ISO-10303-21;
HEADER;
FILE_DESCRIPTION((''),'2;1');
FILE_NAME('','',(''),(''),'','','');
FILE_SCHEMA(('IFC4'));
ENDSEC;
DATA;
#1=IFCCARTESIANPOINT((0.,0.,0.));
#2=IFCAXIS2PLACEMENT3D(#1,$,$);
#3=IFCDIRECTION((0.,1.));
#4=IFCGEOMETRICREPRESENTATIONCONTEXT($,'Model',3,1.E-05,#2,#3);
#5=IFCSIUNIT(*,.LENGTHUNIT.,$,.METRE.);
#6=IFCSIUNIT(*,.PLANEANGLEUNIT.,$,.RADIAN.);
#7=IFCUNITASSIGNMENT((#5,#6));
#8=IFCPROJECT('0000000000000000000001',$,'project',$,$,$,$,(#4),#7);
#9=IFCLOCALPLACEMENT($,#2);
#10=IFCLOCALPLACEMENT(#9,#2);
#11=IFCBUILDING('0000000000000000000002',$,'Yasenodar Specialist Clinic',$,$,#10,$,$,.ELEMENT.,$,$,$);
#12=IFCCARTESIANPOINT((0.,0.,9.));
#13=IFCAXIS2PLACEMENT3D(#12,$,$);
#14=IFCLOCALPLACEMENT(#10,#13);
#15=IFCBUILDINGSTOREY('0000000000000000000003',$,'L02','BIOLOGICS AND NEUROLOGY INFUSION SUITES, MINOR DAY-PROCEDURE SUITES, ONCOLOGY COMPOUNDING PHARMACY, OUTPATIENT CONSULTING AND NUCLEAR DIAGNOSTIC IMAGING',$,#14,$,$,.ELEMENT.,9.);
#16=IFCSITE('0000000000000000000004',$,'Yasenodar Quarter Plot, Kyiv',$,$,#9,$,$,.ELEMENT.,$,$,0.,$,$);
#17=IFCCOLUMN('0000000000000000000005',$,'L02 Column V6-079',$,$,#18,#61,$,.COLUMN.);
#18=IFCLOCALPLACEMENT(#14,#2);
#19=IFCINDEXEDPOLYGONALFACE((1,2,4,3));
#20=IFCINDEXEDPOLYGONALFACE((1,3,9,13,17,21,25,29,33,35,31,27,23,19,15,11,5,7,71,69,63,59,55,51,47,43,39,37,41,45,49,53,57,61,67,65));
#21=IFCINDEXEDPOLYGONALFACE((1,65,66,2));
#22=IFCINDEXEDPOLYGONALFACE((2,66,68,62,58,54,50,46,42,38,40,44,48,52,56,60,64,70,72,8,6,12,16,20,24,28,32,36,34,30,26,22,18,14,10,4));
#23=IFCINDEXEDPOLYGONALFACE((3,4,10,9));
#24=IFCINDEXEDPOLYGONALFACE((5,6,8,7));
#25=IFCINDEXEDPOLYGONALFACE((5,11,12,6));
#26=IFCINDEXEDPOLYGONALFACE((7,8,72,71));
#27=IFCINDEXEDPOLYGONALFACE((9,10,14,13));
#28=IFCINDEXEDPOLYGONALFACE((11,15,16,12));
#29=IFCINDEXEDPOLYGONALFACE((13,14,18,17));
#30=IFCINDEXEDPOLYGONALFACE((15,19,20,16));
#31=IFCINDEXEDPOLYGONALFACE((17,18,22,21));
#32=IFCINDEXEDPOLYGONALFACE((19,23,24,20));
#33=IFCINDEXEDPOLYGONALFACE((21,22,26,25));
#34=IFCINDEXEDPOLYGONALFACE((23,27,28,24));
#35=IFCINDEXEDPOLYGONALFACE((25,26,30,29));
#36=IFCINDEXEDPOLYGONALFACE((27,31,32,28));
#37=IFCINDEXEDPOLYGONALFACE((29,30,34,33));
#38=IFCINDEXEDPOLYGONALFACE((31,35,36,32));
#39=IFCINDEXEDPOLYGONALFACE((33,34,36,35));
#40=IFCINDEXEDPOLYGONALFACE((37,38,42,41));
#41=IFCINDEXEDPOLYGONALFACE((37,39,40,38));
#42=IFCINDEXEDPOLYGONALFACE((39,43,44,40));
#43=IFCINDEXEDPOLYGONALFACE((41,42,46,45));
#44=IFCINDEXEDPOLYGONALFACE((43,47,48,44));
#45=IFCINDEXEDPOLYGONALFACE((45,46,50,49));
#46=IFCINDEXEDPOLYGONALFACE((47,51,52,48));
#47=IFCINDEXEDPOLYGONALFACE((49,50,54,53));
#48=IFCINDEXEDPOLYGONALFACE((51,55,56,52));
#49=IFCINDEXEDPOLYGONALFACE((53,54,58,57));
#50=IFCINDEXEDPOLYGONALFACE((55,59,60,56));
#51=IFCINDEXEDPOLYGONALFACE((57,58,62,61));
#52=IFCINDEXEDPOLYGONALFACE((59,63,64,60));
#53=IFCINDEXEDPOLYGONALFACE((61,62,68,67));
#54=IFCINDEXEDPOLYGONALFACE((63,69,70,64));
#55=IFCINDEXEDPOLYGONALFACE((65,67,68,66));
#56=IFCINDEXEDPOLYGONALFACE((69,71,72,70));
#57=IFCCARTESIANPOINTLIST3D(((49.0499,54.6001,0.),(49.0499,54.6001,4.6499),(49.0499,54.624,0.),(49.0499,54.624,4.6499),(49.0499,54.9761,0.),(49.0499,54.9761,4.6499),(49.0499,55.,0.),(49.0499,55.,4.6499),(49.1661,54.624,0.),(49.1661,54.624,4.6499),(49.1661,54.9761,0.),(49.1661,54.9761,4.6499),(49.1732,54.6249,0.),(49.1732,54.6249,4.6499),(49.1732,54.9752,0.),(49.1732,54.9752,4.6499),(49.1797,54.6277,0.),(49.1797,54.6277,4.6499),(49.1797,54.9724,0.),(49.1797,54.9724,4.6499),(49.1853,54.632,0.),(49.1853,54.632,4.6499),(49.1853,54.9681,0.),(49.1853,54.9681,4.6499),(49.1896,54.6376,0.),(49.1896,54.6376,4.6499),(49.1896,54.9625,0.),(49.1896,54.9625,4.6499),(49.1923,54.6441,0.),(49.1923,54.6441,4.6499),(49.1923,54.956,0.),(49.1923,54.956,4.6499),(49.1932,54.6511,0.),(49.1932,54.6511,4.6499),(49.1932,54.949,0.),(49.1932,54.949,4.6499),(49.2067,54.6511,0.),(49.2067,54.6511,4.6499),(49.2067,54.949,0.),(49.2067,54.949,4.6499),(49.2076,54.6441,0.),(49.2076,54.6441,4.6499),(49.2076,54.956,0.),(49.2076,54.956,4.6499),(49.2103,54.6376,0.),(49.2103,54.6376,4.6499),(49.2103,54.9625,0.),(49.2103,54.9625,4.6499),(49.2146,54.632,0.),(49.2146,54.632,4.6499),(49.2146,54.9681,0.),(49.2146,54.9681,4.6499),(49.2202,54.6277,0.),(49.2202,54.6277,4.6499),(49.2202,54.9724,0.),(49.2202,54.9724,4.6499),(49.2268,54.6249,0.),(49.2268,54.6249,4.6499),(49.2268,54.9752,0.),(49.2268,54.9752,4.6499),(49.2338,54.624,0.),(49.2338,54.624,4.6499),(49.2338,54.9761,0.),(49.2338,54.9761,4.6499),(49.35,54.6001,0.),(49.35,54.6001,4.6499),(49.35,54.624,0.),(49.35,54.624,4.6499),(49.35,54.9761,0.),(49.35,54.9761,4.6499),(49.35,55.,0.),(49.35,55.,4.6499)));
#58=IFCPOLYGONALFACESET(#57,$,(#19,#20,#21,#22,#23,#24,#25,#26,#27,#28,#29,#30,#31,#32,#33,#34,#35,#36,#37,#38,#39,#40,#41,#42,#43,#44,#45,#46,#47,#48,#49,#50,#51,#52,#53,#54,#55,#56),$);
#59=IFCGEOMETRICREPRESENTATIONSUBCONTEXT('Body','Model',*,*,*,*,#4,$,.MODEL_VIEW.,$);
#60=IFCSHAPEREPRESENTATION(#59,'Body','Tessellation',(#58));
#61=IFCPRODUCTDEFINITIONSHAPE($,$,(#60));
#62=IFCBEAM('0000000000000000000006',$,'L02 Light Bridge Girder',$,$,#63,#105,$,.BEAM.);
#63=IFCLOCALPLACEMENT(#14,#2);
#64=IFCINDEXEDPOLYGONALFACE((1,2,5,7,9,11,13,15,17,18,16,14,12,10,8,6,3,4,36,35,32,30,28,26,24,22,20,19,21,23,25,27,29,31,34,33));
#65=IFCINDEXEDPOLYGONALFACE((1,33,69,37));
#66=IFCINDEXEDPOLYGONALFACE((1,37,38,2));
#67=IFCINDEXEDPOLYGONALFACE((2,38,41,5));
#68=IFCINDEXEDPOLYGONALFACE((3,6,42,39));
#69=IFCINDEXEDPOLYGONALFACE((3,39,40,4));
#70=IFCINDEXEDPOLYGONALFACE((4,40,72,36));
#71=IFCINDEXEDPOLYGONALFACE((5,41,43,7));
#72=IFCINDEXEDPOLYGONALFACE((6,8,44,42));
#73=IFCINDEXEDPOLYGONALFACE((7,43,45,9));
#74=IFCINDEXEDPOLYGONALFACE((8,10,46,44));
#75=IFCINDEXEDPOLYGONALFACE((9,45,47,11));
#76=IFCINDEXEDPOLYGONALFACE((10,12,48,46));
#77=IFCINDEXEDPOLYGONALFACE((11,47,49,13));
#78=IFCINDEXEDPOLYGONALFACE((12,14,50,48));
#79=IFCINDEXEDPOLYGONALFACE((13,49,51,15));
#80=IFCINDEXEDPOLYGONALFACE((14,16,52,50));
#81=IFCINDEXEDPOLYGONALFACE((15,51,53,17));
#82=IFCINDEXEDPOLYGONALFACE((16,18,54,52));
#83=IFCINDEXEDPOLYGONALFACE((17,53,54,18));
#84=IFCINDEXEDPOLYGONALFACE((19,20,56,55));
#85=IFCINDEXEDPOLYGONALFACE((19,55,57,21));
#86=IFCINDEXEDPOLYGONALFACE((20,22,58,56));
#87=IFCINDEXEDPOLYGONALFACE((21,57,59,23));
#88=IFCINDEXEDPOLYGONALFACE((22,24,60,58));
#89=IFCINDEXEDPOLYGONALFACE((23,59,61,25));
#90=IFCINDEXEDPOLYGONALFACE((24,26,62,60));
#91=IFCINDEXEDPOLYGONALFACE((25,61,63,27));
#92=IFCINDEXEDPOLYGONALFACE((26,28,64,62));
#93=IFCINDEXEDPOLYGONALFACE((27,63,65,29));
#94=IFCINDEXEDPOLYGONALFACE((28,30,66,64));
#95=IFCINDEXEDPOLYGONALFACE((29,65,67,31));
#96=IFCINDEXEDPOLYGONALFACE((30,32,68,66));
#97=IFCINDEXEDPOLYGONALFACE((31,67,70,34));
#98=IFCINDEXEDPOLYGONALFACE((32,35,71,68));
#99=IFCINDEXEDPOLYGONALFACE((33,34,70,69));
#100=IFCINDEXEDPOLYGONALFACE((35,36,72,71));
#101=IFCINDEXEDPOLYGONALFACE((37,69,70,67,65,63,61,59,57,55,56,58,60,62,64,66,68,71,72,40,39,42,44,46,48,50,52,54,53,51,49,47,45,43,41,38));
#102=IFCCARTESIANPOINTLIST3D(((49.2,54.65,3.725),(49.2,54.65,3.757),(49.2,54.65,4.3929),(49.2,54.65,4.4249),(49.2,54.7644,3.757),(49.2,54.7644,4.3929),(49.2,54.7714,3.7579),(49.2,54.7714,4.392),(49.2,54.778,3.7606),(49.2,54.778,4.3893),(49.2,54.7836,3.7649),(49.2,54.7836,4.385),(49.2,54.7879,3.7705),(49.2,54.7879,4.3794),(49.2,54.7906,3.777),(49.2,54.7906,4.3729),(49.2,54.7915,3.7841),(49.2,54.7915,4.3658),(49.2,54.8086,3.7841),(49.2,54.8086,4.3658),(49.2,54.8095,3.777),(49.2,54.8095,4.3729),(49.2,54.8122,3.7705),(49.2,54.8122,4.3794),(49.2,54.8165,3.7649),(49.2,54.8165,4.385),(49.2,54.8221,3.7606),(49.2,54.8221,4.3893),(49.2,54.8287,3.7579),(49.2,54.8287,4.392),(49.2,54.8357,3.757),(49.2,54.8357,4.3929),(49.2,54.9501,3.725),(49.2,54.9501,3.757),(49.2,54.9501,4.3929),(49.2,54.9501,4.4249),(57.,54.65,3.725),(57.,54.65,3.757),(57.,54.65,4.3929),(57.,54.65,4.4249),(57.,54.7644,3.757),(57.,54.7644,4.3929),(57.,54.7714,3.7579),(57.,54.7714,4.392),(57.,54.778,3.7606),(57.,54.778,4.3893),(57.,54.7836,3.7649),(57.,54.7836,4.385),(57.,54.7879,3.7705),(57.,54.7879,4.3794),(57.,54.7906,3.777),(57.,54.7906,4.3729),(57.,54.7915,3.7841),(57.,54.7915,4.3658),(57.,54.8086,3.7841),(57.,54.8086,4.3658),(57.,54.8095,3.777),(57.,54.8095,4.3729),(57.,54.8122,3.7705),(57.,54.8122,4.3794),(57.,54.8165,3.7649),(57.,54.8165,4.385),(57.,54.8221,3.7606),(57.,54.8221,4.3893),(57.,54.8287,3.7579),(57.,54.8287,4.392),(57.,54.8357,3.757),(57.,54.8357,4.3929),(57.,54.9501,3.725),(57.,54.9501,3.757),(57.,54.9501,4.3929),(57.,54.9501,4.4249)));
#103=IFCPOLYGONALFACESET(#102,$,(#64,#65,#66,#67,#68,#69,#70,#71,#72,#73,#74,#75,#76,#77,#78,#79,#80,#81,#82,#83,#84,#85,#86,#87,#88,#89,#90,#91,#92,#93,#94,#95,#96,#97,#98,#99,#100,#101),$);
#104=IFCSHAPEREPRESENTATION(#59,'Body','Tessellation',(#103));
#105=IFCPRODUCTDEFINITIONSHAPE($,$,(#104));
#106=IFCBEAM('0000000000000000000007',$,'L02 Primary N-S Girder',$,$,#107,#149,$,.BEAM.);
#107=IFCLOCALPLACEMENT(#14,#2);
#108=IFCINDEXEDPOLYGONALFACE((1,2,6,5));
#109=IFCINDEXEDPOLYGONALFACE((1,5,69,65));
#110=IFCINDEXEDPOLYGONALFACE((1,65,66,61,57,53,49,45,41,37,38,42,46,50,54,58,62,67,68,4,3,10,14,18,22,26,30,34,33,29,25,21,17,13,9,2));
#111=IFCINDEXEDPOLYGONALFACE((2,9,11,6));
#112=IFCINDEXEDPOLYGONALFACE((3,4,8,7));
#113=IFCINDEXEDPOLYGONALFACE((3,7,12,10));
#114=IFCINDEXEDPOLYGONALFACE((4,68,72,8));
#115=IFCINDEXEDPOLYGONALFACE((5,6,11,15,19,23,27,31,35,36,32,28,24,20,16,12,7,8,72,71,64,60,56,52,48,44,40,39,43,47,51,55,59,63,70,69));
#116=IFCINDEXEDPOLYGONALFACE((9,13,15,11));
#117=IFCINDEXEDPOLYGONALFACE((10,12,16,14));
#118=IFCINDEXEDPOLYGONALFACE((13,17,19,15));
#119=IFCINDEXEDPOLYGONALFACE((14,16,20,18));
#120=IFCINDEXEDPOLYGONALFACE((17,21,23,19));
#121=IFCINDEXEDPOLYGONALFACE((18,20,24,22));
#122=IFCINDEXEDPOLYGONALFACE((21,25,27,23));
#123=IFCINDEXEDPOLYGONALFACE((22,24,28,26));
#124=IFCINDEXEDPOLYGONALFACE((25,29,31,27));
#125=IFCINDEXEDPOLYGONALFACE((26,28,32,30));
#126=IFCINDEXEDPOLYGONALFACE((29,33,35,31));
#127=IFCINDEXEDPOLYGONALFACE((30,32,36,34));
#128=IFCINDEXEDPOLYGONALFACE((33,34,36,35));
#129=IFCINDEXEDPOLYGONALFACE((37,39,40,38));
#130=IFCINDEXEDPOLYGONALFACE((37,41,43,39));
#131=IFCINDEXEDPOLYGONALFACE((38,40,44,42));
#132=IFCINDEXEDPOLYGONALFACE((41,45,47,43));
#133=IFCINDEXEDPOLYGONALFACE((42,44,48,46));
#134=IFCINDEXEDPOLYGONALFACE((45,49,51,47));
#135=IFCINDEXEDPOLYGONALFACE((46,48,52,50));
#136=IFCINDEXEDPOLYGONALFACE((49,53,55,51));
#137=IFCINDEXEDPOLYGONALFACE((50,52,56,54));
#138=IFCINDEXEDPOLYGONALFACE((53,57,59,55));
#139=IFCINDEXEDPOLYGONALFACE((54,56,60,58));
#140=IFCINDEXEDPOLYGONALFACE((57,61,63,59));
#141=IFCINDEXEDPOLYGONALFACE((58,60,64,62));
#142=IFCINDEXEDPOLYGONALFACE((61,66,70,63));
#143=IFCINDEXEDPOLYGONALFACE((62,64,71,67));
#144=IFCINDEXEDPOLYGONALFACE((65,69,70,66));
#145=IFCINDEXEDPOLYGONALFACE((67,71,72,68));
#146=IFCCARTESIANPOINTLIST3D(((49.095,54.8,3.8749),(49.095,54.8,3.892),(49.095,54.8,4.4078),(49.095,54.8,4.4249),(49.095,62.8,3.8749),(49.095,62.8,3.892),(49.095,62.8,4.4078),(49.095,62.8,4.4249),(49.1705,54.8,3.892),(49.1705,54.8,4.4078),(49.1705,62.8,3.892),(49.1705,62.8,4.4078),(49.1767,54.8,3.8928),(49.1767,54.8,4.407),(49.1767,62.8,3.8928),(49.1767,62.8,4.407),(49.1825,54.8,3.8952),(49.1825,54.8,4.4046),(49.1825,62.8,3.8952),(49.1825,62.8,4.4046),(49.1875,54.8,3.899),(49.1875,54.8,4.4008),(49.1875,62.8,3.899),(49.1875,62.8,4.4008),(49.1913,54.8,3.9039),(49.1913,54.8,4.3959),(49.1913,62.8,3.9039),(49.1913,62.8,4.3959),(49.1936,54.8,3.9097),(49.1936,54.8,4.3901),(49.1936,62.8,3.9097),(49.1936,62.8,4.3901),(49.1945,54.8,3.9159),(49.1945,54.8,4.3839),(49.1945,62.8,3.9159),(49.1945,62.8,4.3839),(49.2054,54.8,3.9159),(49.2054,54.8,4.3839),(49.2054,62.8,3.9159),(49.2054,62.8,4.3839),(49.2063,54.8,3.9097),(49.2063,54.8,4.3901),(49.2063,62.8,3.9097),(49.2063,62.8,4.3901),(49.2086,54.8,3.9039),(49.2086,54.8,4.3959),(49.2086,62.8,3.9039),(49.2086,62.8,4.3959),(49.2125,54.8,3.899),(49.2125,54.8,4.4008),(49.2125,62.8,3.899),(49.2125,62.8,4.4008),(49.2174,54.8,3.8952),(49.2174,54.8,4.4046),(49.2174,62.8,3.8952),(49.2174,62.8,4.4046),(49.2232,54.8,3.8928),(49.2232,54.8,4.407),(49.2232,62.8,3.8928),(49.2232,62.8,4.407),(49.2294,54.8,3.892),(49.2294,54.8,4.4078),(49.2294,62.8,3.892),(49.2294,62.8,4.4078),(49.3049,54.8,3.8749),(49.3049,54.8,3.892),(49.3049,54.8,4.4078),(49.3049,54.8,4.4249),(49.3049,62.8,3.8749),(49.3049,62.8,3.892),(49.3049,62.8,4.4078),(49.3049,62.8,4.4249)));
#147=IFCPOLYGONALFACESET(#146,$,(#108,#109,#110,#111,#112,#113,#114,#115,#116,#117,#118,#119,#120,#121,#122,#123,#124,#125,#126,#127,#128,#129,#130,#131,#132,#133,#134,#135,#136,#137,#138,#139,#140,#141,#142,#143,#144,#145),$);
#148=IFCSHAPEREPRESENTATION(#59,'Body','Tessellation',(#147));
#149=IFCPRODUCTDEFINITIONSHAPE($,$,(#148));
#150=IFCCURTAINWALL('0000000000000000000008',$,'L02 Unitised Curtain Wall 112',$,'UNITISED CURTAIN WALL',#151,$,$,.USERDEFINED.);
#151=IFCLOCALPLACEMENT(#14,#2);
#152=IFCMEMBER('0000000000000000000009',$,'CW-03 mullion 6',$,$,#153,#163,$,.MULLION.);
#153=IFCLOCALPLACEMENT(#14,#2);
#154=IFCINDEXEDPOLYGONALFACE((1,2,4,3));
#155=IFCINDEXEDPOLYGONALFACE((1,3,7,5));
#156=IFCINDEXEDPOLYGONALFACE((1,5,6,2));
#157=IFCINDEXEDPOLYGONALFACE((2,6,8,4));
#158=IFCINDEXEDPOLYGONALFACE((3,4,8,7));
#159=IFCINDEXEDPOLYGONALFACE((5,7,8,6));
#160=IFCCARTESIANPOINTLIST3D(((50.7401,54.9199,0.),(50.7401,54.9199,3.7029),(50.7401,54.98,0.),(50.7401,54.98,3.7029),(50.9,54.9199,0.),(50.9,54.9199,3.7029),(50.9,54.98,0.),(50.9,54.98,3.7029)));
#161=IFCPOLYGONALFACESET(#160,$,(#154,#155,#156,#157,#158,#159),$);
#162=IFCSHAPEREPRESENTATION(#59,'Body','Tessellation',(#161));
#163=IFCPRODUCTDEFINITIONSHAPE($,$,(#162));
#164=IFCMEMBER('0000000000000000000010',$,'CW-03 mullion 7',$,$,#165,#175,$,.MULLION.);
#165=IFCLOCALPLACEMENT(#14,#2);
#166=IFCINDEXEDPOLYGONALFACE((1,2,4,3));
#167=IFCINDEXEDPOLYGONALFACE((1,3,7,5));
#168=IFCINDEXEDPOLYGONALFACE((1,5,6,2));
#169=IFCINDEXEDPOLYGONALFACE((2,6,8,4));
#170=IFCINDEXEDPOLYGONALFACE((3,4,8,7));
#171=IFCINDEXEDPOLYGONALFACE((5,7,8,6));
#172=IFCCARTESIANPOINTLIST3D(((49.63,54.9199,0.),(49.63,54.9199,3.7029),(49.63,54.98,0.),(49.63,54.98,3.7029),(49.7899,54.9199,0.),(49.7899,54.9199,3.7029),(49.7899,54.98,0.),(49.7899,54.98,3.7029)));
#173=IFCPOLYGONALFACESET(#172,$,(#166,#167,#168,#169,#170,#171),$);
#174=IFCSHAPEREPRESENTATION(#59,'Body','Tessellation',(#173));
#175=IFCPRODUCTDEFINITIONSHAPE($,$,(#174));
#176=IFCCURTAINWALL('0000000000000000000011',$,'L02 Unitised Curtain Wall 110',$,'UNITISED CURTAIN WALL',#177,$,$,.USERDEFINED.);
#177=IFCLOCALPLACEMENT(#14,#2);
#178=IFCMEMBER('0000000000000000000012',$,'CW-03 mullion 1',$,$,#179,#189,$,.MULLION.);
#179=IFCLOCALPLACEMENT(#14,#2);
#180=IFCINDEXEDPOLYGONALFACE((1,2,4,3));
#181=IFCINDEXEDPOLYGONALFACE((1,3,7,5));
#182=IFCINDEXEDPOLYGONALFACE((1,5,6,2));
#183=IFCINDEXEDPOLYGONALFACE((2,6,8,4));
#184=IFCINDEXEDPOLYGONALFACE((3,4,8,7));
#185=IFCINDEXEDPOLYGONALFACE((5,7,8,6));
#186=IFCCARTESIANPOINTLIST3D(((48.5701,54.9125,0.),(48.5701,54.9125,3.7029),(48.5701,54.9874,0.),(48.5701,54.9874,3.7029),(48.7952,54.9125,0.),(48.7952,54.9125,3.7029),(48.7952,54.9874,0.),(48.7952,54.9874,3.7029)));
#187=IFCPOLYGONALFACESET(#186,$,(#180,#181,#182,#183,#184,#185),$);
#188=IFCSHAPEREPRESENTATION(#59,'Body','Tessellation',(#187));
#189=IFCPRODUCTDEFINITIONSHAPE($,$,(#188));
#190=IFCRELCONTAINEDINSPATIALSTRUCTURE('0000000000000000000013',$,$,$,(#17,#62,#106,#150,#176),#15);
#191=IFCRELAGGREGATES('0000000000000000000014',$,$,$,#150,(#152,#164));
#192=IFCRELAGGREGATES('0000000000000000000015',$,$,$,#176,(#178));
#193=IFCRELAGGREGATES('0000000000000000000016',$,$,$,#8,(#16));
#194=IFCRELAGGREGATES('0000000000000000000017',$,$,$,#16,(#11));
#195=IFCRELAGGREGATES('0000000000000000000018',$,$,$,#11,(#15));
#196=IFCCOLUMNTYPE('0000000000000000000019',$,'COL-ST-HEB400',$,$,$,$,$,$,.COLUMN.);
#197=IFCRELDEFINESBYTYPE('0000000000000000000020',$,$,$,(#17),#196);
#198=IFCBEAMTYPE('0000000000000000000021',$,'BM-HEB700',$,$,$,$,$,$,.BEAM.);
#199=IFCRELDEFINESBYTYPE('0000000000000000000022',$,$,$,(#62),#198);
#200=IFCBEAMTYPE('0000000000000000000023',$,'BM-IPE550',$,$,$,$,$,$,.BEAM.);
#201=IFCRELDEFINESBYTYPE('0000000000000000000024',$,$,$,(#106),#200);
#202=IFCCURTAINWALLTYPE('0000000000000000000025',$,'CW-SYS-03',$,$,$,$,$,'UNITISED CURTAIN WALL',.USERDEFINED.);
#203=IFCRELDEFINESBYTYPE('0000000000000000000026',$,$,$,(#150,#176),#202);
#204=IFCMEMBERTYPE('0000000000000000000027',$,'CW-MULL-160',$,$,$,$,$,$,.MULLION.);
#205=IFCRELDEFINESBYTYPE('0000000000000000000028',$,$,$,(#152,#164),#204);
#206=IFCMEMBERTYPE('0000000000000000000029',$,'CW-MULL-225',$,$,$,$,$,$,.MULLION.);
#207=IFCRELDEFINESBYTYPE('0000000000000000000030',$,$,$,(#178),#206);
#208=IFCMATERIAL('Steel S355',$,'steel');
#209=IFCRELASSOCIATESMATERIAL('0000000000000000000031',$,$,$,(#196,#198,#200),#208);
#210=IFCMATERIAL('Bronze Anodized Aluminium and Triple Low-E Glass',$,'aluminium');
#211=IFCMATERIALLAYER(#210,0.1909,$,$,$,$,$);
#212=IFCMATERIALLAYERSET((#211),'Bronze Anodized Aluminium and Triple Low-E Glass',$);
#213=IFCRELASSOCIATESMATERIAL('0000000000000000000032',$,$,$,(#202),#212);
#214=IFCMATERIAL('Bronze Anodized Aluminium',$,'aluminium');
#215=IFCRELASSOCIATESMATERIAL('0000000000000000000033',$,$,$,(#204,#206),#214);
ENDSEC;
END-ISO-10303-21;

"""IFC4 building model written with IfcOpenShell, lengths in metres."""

from ifc_helpers import new_model, si_unit, direction, frame, origin, origin_2d, place, context, subcontext, project, spatial, rectangle, i_section, extrude, material, layer, layer_set, material_profile, profile_set, type_object, element, aggregate, save


model = new_model("IFC4")

# Units and contexts
model_context = context("Model", 3, precision=1e-05, world=origin(), true_north=direction((0.0, 1.0)))
body_context = subcontext(model_context, "Body", "Model", "MODEL_VIEW")
ifc_project = project(units=[si_unit("LENGTHUNIT", "METRE"), si_unit("PLANEANGLEUNIT", "RADIAN")], contexts=[model_context])

# Site, building, storey
site_placement = place(None, origin())
site = spatial("IfcSite", under=ifc_project, at=site_placement, Name="Yasenodar Quarter Plot, Kyiv", CompositionType="ELEMENT", RefElevation=0.0)
building_placement = place(site_placement, origin())
building = spatial("IfcBuilding", under=site, at=building_placement, Name="Yasenodar Specialist Clinic", CompositionType="ELEMENT")
storey_placement = place(building_placement, frame((0.0, 0.0, 9.0)))
storey = spatial("IfcBuildingStorey", under=building, at=storey_placement, Name="L02", Description="BIOLOGICS AND NEUROLOGY INFUSION SUITES, MINOR DAY-PROCEDURE SUITES, ONCOLOGY COMPOUNDING PHARMACY, OUTPATIENT CONSULTING AND NUCLEAR DIAGNOSTIC IMAGING", CompositionType="ELEMENT", Elevation=9.0)

# Column
ifc_material_1 = material(Name="Steel S355", Category="steel")
ifc_material_profile_1 = material_profile(ifc_material_1, i_section(OverallWidth=0.3, OverallDepth=0.3999, WebThickness=0.0134, FlangeThickness=0.0239, FilletRadius=0.0271, at=origin_2d()), Name="HEB 400")
ifc_profile_set_1 = profile_set([ifc_material_profile_1], Name="Steel S355")
column_type = type_object("IfcColumnType", Name="COL-ST-HEB400", PredefinedType="COLUMN", material=ifc_profile_set_1)
column_placement = place(storey_placement, frame((49.2, 54.8, 0.0), z_axis=(0.0, 0.0, 1.0), x_axis=(1.0, 0.0, 0.0)))
element("IfcColumn", 1, at=column_placement, inside=storey, type_object=column_type, Name="L02 Column V6-079", PredefinedType="COLUMN", context=body_context, shape_type="SweptSolid", body=[
    extrude(i_section(OverallWidth=0.3, OverallDepth=0.3999, WebThickness=0.0134, FlangeThickness=0.0239, FilletRadius=0.0271, at=origin_2d()), origin(), (0.0, 0.0, 1.0), 4.6499),
])

# Beams
ifc_material_profile_2 = material_profile(ifc_material_1, i_section(OverallWidth=0.3, OverallDepth=0.7, WebThickness=0.0171, FlangeThickness=0.032, FilletRadius=0.0271, at=origin_2d()), Name="HEB 700")
ifc_profile_set_2 = profile_set([ifc_material_profile_2], Name="Steel S355")
beam_type_1 = type_object("IfcBeamType", Name="BM-HEB700", PredefinedType="BEAM", material=ifc_profile_set_2)
beam_1_placement = place(storey_placement, frame((49.2, 54.8, 4.075), z_axis=(1.0, 0.0, 0.0), x_axis=(0.0, 1.0, 0.0)))
element("IfcBeam", 2, at=beam_1_placement, inside=storey, type_object=beam_type_1, Name="L02 Light Bridge Girder", PredefinedType="BEAM", context=body_context, shape_type="SweptSolid", body=[
    extrude(i_section(OverallWidth=0.3, OverallDepth=0.7, WebThickness=0.0171, FlangeThickness=0.032, FilletRadius=0.0271, at=origin_2d()), origin(), (0.0, 0.0, 1.0), 7.8),
])
ifc_material_profile_3 = material_profile(ifc_material_1, i_section(OverallWidth=0.21, OverallDepth=0.55, WebThickness=0.011, FlangeThickness=0.0171, FilletRadius=0.0239, at=origin_2d()), Name="IPE 550")
ifc_profile_set_3 = profile_set([ifc_material_profile_3], Name="Steel S355")
beam_type_2 = type_object("IfcBeamType", Name="BM-IPE550", PredefinedType="BEAM", material=ifc_profile_set_3)
beam_2_placement = place(storey_placement, frame((49.2, 54.8, 4.1499), z_axis=(0.0, 1.0, 0.0), x_axis=(-1.0, 0.0, 0.0)))
element("IfcBeam", 3, at=beam_2_placement, inside=storey, type_object=beam_type_2, Name="L02 Primary N-S Girder", PredefinedType="BEAM", context=body_context, shape_type="SweptSolid", body=[
    extrude(i_section(OverallWidth=0.21, OverallDepth=0.55, WebThickness=0.011, FlangeThickness=0.0171, FilletRadius=0.0239, at=origin_2d()), origin(), (0.0, 0.0, 1.0), 8.0),
])

# Curtain walls, members
ifc_material_2 = material(Name="Bronze Anodized Aluminium and Triple Low-E Glass", Category="aluminium")
ifc_layer_1 = layer(ifc_material_2, 0.1909)
ifc_layer_set_1 = layer_set([ifc_layer_1], Name="Bronze Anodized Aluminium and Triple Low-E Glass")
curtain_wall_type = type_object("IfcCurtainWallType", Name="CW-SYS-03", ElementType="UNITISED CURTAIN WALL", PredefinedType="USERDEFINED", material=ifc_layer_set_1)
curtain_wall_1_placement = place(storey_placement, origin())
curtain_wall_1 = element("IfcCurtainWall", 4, at=curtain_wall_1_placement, inside=storey, type_object=curtain_wall_type, Name="L02 Unitised Curtain Wall 112", ObjectType="UNITISED CURTAIN WALL", PredefinedType="USERDEFINED")
ifc_material_3 = material(Name="Bronze Anodized Aluminium", Category="aluminium")
ifc_material_profile_4 = material_profile(ifc_material_3, rectangle(XDim=0.0601, YDim=0.1599, at=origin_2d()), Name="CW-MULL 60x160")
ifc_profile_set_4 = profile_set([ifc_material_profile_4], Name="Bronze Anodized Aluminium")
member_type_1 = type_object("IfcMemberType", Name="CW-MULL-160", PredefinedType="MULLION", material=ifc_profile_set_4)
member_1_placement = place(storey_placement, frame((50.8201, 54.95, 0.0), z_axis=(0.0, 0.0, 1.0), x_axis=(0.0, -1.0, 0.0)))
member_1 = element("IfcMember", 5, at=member_1_placement, type_object=member_type_1, Name="CW-03 mullion 6", PredefinedType="MULLION", context=body_context, shape_type="SweptSolid", body=[
    extrude(rectangle(XDim=0.0601, YDim=0.1599, at=origin_2d()), origin(), (0.0, 0.0, 1.0), 3.7029),
])
member_2_placement = place(storey_placement, frame((49.71, 54.95, 0.0), z_axis=(0.0, 0.0, 1.0), x_axis=(0.0, -1.0, 0.0)))
member_2 = element("IfcMember", 6, at=member_2_placement, type_object=member_type_1, Name="CW-03 mullion 7", PredefinedType="MULLION", context=body_context, shape_type="SweptSolid", body=[
    extrude(rectangle(XDim=0.0601, YDim=0.1599, at=origin_2d()), origin(), (0.0, 0.0, 1.0), 3.7029),
])
curtain_wall_2_placement = place(storey_placement, origin())
curtain_wall_2 = element("IfcCurtainWall", 7, at=curtain_wall_2_placement, inside=storey, type_object=curtain_wall_type, Name="L02 Unitised Curtain Wall 110", ObjectType="UNITISED CURTAIN WALL", PredefinedType="USERDEFINED")
ifc_material_profile_5 = material_profile(ifc_material_3, rectangle(XDim=0.075, YDim=0.2251, at=origin_2d()), Name="CW-MULL 75x225")
ifc_profile_set_5 = profile_set([ifc_material_profile_5], Name="Bronze Anodized Aluminium")
member_type_2 = type_object("IfcMemberType", Name="CW-MULL-225", PredefinedType="MULLION", material=ifc_profile_set_5)
member_3_placement = place(storey_placement, frame((48.6826, 54.95, 0.0), z_axis=(0.0, 0.0, 1.0), x_axis=(0.0, -1.0, 0.0)))
member_3 = element("IfcMember", 8, at=member_3_placement, type_object=member_type_2, Name="CW-03 mullion 1", PredefinedType="MULLION", context=body_context, shape_type="SweptSolid", body=[
    extrude(rectangle(XDim=0.075, YDim=0.2251, at=origin_2d()), origin(), (0.0, 0.0, 1.0), 3.7029),
])

aggregate(curtain_wall_1, [member_1, member_2])
aggregate(curtain_wall_2, [member_3])

save(model, "model.ifc")
